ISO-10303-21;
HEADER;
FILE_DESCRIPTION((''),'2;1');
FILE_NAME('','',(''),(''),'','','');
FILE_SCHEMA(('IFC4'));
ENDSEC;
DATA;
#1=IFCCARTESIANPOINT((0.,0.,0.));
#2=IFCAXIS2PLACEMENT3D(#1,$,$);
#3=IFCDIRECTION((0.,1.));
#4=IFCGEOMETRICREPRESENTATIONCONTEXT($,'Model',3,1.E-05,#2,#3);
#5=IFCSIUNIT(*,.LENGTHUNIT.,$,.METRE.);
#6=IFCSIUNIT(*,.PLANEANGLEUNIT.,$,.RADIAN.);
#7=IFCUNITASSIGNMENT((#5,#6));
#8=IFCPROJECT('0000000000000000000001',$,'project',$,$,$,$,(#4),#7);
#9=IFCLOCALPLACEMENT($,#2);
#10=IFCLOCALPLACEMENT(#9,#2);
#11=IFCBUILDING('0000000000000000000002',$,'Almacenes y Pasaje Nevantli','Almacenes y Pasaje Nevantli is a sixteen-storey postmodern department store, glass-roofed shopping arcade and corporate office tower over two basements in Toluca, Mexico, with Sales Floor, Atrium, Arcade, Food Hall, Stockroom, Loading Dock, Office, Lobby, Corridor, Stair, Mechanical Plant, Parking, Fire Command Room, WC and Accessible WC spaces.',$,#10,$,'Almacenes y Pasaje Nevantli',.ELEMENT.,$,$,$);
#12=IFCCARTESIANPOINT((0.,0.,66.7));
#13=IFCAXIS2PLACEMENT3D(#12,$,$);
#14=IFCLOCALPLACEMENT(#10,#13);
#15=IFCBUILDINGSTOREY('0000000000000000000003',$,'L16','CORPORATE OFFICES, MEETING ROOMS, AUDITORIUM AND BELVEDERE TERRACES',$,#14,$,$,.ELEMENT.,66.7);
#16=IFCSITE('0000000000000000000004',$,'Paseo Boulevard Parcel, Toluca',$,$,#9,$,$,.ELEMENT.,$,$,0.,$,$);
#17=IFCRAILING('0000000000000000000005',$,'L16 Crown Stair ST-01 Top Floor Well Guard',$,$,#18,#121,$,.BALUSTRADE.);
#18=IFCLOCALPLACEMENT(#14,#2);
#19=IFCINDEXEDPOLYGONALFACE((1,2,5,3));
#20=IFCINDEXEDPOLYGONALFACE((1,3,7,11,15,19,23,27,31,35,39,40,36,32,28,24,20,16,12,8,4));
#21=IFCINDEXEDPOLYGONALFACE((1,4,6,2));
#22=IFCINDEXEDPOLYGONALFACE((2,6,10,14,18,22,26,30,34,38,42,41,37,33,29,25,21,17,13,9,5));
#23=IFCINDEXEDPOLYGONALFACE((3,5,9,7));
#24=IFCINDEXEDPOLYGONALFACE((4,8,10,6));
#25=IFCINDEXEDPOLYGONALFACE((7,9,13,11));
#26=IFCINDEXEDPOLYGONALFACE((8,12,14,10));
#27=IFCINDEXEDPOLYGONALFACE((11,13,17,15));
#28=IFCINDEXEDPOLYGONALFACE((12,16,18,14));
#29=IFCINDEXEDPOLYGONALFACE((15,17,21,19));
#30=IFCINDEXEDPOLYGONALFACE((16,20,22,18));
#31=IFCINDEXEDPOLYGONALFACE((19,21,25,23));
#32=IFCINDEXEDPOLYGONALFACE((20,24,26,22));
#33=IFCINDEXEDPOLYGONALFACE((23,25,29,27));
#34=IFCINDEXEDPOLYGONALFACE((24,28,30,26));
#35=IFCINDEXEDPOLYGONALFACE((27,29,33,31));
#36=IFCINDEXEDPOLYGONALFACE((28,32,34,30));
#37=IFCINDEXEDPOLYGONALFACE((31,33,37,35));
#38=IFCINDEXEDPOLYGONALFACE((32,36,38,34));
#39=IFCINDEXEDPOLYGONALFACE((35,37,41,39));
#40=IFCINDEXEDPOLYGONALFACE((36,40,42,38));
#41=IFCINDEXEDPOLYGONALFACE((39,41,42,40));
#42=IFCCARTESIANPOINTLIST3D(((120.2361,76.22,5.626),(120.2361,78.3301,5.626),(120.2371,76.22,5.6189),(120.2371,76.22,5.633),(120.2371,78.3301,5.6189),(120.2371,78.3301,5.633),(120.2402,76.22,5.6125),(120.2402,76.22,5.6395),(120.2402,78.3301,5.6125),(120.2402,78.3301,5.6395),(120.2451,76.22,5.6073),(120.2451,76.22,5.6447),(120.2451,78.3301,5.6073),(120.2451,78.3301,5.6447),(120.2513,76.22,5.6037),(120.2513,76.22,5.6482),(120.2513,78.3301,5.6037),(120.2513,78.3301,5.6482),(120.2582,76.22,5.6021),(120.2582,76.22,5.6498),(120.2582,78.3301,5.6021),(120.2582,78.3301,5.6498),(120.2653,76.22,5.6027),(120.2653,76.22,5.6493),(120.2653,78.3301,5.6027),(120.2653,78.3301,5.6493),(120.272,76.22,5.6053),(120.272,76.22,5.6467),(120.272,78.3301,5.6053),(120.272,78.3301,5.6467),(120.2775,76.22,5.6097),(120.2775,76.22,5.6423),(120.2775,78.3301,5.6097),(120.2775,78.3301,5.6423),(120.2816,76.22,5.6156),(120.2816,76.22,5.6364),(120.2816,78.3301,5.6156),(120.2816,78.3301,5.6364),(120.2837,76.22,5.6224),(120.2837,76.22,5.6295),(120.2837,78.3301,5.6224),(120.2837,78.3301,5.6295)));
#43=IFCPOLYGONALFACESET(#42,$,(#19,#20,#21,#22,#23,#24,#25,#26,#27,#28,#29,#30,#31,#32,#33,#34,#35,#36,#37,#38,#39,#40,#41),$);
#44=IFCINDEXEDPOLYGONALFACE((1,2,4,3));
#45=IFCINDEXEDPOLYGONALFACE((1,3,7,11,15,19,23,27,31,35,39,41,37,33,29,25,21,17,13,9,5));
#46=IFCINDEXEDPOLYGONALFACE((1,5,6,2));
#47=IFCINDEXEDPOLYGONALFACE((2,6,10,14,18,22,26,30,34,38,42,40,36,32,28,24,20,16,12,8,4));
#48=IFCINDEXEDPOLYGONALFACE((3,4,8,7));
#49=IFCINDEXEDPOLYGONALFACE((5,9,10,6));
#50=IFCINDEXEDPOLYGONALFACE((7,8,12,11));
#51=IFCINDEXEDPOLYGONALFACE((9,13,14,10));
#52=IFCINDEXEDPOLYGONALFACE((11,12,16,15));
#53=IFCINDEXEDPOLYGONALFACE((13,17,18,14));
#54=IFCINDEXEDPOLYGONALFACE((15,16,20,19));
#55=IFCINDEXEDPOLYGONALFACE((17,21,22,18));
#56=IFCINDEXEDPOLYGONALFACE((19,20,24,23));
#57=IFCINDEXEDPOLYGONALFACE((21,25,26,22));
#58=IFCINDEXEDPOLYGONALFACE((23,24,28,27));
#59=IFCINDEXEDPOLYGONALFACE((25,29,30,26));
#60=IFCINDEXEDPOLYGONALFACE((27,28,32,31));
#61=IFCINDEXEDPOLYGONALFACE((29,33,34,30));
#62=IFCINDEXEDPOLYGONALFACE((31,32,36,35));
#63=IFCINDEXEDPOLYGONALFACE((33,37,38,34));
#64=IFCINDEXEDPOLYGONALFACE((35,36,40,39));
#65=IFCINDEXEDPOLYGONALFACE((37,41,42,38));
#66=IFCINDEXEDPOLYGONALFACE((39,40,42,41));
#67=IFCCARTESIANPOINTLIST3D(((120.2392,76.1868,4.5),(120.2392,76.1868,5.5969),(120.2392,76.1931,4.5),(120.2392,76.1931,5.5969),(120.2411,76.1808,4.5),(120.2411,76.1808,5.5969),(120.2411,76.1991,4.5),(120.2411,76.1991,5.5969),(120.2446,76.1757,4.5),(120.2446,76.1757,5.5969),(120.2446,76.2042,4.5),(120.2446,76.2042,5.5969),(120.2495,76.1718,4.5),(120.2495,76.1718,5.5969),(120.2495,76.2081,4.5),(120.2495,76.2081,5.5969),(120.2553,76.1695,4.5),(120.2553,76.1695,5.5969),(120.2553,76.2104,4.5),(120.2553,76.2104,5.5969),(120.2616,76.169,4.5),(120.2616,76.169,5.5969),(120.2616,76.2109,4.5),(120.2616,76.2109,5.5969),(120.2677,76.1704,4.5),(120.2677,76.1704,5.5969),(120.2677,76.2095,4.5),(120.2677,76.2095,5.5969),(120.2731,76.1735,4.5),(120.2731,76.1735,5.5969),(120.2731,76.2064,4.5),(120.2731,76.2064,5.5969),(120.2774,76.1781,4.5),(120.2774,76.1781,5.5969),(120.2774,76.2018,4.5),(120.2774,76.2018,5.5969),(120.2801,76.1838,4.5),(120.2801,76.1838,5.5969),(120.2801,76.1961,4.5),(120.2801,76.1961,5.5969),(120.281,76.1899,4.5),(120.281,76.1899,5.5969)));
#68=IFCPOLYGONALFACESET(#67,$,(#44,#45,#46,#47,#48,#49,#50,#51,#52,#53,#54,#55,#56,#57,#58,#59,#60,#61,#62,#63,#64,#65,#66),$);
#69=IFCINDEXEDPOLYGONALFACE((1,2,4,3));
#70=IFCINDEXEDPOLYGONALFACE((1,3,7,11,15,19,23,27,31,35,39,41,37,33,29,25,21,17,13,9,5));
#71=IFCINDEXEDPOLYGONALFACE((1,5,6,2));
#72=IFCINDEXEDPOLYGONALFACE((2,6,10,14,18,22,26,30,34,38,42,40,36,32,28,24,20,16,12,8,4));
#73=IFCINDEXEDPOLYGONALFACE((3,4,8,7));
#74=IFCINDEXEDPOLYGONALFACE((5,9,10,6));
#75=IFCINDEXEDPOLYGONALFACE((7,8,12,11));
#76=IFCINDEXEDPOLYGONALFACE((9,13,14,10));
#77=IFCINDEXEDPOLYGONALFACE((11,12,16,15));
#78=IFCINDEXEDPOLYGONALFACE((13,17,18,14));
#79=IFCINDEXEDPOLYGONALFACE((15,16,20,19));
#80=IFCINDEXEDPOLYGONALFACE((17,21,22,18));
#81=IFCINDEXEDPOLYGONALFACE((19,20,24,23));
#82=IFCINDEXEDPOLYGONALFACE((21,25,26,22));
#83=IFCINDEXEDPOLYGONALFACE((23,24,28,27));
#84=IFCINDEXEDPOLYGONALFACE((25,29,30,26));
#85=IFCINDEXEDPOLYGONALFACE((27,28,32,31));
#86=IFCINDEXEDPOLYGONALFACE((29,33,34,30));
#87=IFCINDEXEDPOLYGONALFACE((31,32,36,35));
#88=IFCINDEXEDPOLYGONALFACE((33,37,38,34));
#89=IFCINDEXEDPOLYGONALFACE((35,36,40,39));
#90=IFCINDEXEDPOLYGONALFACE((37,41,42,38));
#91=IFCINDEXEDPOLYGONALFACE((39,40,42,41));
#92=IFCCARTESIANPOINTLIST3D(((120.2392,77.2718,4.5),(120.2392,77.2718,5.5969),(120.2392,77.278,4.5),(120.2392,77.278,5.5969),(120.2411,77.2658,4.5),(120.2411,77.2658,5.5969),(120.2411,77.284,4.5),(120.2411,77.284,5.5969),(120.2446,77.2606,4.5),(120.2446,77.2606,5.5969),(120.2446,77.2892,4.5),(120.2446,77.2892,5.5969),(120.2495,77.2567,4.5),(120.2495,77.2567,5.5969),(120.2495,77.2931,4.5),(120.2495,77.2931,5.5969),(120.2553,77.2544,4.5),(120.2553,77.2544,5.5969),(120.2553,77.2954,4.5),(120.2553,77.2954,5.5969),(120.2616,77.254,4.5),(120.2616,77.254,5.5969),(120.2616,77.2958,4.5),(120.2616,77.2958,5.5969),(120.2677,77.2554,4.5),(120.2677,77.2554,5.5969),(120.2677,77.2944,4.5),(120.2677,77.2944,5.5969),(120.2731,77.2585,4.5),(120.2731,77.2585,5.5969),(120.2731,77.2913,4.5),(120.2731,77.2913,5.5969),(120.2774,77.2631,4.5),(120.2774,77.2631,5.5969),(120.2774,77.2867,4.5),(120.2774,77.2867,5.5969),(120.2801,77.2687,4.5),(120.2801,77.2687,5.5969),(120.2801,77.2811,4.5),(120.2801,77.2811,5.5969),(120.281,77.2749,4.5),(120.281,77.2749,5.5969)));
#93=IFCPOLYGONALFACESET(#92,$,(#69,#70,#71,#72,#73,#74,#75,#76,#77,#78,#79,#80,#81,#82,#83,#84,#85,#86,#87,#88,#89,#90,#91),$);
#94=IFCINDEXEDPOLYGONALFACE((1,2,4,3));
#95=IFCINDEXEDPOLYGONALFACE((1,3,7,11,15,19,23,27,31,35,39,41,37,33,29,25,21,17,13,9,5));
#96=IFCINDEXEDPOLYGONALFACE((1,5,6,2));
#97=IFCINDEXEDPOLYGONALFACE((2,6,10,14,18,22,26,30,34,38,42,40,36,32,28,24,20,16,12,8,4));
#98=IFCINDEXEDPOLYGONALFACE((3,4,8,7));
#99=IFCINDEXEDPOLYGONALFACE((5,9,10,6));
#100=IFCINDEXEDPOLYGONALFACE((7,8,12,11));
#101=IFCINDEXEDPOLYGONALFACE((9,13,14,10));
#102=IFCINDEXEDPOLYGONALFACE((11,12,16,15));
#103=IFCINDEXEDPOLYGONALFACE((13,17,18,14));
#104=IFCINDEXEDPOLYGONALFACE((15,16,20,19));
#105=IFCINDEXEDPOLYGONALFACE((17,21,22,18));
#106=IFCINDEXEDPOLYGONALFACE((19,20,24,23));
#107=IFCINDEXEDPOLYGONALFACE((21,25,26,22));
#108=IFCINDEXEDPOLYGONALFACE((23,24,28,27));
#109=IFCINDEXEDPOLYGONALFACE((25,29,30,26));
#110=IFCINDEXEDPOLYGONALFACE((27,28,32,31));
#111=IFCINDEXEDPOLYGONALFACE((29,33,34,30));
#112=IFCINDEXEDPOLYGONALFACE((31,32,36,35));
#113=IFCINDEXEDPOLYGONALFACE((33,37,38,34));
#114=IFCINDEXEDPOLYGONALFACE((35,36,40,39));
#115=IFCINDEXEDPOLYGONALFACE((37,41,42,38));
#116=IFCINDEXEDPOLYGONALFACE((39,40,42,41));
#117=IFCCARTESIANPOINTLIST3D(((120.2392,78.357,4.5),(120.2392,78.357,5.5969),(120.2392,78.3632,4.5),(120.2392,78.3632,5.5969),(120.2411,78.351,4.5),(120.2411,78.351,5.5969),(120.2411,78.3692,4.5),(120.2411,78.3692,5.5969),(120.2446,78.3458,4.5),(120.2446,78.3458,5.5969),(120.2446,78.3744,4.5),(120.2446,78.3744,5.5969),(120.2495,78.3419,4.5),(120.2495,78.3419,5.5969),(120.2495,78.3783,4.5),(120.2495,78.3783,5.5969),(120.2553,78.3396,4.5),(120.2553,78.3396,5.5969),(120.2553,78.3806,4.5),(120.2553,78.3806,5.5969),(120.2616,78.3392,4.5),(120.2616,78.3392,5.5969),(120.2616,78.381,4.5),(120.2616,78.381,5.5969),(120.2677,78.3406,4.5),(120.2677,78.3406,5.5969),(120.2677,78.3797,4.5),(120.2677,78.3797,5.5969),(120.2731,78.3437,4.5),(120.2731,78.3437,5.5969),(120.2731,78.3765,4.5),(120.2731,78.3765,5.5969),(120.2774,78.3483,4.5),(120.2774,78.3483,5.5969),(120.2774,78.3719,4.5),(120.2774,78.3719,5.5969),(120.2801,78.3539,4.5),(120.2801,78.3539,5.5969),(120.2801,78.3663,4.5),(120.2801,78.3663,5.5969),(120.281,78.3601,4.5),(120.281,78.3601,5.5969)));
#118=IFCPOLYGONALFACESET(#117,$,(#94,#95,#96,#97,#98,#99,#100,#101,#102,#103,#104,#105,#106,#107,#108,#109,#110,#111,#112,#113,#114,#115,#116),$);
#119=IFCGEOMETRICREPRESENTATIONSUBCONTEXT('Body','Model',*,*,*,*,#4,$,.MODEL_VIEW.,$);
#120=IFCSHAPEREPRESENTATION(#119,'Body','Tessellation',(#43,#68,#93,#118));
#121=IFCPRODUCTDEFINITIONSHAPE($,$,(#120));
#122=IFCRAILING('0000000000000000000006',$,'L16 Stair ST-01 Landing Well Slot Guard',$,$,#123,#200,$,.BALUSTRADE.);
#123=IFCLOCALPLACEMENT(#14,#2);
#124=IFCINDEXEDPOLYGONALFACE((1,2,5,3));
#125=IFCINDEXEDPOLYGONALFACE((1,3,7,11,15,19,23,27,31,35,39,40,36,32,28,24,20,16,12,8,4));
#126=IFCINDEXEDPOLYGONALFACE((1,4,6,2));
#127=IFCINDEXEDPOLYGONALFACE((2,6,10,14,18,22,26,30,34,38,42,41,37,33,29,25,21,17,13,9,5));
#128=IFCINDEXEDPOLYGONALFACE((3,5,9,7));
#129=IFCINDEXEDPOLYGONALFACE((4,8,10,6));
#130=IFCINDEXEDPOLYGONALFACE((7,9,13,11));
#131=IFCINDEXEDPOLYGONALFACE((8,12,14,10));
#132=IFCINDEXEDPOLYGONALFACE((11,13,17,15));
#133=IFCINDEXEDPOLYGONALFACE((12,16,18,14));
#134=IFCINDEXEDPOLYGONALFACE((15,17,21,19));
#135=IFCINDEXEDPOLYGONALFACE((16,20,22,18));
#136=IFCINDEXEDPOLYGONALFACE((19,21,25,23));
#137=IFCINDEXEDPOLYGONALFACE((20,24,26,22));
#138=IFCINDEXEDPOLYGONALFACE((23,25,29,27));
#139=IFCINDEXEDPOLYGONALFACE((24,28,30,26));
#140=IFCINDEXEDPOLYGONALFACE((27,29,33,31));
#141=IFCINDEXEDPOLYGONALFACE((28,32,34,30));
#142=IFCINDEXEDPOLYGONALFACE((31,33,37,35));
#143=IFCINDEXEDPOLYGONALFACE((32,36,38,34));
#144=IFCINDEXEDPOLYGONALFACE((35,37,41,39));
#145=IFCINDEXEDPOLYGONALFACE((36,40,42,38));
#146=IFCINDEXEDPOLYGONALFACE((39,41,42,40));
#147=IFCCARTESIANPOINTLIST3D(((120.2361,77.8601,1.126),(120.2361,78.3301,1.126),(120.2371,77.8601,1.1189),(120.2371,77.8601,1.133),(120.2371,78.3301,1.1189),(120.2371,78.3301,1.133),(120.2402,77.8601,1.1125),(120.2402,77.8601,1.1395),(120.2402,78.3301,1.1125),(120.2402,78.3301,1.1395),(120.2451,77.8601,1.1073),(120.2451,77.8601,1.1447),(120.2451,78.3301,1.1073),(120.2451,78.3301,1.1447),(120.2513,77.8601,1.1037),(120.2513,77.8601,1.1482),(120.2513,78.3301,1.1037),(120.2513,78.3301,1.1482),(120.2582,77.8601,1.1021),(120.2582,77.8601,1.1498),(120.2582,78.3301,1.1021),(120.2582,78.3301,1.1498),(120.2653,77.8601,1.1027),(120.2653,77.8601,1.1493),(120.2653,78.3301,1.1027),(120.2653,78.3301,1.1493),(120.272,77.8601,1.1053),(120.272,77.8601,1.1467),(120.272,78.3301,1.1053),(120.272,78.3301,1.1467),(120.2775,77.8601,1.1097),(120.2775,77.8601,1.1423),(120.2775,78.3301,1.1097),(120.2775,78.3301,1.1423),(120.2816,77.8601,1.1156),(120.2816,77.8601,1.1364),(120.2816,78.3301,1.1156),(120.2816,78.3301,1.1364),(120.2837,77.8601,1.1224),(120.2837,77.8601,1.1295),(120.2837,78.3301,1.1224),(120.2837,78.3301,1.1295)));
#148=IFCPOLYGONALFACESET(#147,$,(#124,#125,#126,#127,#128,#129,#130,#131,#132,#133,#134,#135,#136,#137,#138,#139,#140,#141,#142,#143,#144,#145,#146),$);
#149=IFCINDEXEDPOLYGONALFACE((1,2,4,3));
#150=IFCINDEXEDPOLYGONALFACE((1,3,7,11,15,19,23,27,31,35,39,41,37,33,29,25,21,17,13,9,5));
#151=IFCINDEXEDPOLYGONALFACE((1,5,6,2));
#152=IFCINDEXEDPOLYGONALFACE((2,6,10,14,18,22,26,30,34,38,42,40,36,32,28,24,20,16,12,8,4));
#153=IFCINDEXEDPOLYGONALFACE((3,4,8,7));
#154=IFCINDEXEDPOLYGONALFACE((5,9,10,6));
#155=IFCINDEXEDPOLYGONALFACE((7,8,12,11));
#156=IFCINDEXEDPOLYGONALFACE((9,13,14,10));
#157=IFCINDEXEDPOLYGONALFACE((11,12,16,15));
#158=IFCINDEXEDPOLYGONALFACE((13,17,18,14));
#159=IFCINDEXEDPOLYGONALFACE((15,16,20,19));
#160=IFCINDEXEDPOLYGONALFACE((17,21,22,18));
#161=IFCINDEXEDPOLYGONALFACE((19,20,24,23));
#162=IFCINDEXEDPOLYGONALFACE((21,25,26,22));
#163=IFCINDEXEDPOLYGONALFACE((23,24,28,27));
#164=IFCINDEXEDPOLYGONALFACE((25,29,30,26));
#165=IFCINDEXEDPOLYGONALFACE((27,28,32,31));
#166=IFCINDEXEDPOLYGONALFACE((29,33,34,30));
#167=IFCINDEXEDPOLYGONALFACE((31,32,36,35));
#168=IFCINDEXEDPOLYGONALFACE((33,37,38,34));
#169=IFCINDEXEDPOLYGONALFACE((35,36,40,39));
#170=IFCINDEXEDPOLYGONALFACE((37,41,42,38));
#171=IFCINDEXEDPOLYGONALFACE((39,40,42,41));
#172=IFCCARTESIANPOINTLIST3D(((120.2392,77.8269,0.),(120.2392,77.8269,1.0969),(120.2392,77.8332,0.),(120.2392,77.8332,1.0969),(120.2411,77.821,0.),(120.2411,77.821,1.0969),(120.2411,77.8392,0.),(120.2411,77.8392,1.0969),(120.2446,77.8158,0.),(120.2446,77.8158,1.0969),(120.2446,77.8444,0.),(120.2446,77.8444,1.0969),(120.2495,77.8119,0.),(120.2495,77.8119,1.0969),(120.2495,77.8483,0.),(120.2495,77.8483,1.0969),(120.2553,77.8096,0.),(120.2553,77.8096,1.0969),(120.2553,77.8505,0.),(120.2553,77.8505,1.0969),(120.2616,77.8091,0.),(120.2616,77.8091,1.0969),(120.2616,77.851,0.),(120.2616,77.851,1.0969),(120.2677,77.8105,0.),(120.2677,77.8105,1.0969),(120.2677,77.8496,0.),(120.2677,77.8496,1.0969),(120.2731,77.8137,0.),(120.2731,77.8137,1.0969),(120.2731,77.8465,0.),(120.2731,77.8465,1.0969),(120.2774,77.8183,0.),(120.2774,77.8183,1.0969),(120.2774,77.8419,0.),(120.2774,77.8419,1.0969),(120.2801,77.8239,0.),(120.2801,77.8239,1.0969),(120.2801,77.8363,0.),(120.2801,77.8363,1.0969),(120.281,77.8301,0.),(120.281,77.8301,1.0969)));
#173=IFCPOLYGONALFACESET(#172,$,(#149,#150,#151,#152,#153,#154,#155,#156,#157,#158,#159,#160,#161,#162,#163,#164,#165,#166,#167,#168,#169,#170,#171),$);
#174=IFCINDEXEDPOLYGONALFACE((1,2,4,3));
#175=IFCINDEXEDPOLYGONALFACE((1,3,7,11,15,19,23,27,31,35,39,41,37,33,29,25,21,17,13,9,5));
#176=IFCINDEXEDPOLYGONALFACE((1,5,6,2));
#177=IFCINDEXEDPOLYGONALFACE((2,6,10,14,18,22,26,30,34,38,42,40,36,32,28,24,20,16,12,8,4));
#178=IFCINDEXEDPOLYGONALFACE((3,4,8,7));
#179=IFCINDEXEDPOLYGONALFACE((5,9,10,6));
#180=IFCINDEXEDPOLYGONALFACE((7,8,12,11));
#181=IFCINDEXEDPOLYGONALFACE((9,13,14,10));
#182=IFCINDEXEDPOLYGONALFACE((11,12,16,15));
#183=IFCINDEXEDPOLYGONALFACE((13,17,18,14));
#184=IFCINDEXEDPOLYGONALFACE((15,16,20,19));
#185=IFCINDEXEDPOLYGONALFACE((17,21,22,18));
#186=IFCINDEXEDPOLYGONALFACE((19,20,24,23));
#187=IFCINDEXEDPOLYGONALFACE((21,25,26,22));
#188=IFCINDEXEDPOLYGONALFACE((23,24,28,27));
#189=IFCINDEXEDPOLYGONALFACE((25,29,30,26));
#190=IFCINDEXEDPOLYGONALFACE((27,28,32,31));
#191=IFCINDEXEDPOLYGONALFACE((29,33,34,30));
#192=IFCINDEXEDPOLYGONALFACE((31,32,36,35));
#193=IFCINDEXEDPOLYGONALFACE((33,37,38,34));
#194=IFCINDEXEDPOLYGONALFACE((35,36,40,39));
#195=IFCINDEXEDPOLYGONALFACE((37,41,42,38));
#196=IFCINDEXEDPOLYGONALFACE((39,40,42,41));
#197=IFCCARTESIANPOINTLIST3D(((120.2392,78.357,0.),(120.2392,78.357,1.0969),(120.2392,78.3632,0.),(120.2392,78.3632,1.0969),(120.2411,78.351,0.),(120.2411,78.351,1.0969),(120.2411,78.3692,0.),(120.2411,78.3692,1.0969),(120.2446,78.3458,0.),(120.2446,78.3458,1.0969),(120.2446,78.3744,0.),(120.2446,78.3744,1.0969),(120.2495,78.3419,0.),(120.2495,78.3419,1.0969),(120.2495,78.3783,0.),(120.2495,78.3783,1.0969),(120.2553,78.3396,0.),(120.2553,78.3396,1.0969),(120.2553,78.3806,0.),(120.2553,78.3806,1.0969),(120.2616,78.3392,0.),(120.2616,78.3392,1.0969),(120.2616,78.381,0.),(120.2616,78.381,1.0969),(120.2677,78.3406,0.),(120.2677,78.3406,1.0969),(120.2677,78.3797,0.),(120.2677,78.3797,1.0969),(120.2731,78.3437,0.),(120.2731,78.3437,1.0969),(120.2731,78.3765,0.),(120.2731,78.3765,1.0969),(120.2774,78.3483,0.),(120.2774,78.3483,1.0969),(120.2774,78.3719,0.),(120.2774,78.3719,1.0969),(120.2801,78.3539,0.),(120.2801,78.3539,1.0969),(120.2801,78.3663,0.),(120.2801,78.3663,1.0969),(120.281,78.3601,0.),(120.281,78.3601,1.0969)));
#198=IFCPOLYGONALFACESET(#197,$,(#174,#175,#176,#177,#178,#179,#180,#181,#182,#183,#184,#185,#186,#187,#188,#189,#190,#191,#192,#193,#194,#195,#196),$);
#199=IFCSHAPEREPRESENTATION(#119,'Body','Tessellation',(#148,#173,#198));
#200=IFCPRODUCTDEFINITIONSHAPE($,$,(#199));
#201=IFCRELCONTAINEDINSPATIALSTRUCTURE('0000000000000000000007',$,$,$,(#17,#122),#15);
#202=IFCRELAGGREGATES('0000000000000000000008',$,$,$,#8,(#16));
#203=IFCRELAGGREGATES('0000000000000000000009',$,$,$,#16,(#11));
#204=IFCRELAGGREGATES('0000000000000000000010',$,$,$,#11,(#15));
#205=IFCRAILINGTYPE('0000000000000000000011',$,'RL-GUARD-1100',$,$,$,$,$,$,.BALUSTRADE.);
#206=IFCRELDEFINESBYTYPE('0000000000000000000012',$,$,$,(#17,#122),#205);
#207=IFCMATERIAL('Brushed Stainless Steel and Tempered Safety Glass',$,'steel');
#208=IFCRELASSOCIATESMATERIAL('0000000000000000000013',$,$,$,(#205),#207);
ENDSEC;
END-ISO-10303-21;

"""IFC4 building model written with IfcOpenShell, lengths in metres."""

from ifc_helpers import new_model, si_unit, direction, frame, origin, origin_2d, place, context, subcontext, project, spatial, circle, extrude, material, type_object, element, save


model = new_model("IFC4")

# Units and contexts
model_context = context("Model", 3, precision=1e-05, world=origin(), true_north=direction((0.0, 1.0)))
body_context = subcontext(model_context, "Body", "Model", "MODEL_VIEW")
ifc_project = project(units=[si_unit("LENGTHUNIT", "METRE"), si_unit("PLANEANGLEUNIT", "RADIAN")], contexts=[model_context])

# Site, building, storey
site_placement = place(None, origin())
site = spatial("IfcSite", under=ifc_project, at=site_placement, Name="Paseo Boulevard Parcel, Toluca", CompositionType="ELEMENT", RefElevation=0.0)
building_placement = place(site_placement, origin())
building = spatial("IfcBuilding", under=site, at=building_placement, Name="Almacenes y Pasaje Nevantli", Description="Almacenes y Pasaje Nevantli is a sixteen-storey postmodern department store, glass-roofed shopping arcade and corporate office tower over two basements in Toluca, Mexico, with Sales Floor, Atrium, Arcade, Food Hall, Stockroom, Loading Dock, Office, Lobby, Corridor, Stair, Mechanical Plant, Parking, Fire Command Room, WC and Accessible WC spaces.", LongName="Almacenes y Pasaje Nevantli", CompositionType="ELEMENT")
storey_placement = place(building_placement, frame((0.0, 0.0, 66.7)))
storey = spatial("IfcBuildingStorey", under=building, at=storey_placement, Name="L16", Description="CORPORATE OFFICES, MEETING ROOMS, AUDITORIUM AND BELVEDERE TERRACES", CompositionType="ELEMENT", Elevation=66.7)

# Railings
ifc_material_1 = material(Name="Brushed Stainless Steel and Tempered Safety Glass", Category="steel")
railing_type_1 = type_object("IfcRailingType", Name="RL-GUARD-1100", PredefinedType="BALUSTRADE", material=ifc_material_1)
railing_1_placement = place(storey_placement, frame((120.26, 76.1899, 4.5)))
element("IfcRailing", 1, at=railing_1_placement, inside=storey, type_object=railing_type_1, Name="L16 Crown Stair ST-01 Top Floor Well Guard", PredefinedType="BALUSTRADE", context=body_context, shape_type="SweptSolid", body=[
    extrude(circle(Radius=0.0239, at=origin_2d()), frame((0.0, 0.03, 1.126), z_axis=(0.0, 1.0, 0.0), x_axis=(-1.0, 0.0, 0.0)), (0.0, 0.0, 1.0), 2.1101),
    extrude(circle(Radius=0.021, at=origin_2d()), origin(), (0.0, 0.0, 1.0), 1.0969),
    extrude(circle(Radius=0.021, at=origin_2d()), frame((0.0, 1.085, 0.0)), (0.0, 0.0, 1.0), 1.0969),
    extrude(circle(Radius=0.021, at=origin_2d()), frame((0.0, 2.1702, 0.0)), (0.0, 0.0, 1.0), 1.0969),
])
railing_2_placement = place(storey_placement, frame((120.26, 77.8301, 0.0)))
element("IfcRailing", 2, at=railing_2_placement, inside=storey, type_object=railing_type_1, Name="L16 Stair ST-01 Landing Well Slot Guard", PredefinedType="BALUSTRADE", context=body_context, shape_type="SweptSolid", body=[
    extrude(circle(Radius=0.0239, at=origin_2d()), frame((0.0, 0.03, 1.126), z_axis=(0.0, 1.0, 0.0), x_axis=(-1.0, 0.0, 0.0)), (0.0, 0.0, 1.0), 0.47),
    extrude(circle(Radius=0.021, at=origin_2d()), origin(), (0.0, 0.0, 1.0), 1.0969),
    extrude(circle(Radius=0.021, at=origin_2d()), frame((0.0, 0.53, 0.0)), (0.0, 0.0, 1.0), 1.0969),
])

save(model, "model.ifc")
